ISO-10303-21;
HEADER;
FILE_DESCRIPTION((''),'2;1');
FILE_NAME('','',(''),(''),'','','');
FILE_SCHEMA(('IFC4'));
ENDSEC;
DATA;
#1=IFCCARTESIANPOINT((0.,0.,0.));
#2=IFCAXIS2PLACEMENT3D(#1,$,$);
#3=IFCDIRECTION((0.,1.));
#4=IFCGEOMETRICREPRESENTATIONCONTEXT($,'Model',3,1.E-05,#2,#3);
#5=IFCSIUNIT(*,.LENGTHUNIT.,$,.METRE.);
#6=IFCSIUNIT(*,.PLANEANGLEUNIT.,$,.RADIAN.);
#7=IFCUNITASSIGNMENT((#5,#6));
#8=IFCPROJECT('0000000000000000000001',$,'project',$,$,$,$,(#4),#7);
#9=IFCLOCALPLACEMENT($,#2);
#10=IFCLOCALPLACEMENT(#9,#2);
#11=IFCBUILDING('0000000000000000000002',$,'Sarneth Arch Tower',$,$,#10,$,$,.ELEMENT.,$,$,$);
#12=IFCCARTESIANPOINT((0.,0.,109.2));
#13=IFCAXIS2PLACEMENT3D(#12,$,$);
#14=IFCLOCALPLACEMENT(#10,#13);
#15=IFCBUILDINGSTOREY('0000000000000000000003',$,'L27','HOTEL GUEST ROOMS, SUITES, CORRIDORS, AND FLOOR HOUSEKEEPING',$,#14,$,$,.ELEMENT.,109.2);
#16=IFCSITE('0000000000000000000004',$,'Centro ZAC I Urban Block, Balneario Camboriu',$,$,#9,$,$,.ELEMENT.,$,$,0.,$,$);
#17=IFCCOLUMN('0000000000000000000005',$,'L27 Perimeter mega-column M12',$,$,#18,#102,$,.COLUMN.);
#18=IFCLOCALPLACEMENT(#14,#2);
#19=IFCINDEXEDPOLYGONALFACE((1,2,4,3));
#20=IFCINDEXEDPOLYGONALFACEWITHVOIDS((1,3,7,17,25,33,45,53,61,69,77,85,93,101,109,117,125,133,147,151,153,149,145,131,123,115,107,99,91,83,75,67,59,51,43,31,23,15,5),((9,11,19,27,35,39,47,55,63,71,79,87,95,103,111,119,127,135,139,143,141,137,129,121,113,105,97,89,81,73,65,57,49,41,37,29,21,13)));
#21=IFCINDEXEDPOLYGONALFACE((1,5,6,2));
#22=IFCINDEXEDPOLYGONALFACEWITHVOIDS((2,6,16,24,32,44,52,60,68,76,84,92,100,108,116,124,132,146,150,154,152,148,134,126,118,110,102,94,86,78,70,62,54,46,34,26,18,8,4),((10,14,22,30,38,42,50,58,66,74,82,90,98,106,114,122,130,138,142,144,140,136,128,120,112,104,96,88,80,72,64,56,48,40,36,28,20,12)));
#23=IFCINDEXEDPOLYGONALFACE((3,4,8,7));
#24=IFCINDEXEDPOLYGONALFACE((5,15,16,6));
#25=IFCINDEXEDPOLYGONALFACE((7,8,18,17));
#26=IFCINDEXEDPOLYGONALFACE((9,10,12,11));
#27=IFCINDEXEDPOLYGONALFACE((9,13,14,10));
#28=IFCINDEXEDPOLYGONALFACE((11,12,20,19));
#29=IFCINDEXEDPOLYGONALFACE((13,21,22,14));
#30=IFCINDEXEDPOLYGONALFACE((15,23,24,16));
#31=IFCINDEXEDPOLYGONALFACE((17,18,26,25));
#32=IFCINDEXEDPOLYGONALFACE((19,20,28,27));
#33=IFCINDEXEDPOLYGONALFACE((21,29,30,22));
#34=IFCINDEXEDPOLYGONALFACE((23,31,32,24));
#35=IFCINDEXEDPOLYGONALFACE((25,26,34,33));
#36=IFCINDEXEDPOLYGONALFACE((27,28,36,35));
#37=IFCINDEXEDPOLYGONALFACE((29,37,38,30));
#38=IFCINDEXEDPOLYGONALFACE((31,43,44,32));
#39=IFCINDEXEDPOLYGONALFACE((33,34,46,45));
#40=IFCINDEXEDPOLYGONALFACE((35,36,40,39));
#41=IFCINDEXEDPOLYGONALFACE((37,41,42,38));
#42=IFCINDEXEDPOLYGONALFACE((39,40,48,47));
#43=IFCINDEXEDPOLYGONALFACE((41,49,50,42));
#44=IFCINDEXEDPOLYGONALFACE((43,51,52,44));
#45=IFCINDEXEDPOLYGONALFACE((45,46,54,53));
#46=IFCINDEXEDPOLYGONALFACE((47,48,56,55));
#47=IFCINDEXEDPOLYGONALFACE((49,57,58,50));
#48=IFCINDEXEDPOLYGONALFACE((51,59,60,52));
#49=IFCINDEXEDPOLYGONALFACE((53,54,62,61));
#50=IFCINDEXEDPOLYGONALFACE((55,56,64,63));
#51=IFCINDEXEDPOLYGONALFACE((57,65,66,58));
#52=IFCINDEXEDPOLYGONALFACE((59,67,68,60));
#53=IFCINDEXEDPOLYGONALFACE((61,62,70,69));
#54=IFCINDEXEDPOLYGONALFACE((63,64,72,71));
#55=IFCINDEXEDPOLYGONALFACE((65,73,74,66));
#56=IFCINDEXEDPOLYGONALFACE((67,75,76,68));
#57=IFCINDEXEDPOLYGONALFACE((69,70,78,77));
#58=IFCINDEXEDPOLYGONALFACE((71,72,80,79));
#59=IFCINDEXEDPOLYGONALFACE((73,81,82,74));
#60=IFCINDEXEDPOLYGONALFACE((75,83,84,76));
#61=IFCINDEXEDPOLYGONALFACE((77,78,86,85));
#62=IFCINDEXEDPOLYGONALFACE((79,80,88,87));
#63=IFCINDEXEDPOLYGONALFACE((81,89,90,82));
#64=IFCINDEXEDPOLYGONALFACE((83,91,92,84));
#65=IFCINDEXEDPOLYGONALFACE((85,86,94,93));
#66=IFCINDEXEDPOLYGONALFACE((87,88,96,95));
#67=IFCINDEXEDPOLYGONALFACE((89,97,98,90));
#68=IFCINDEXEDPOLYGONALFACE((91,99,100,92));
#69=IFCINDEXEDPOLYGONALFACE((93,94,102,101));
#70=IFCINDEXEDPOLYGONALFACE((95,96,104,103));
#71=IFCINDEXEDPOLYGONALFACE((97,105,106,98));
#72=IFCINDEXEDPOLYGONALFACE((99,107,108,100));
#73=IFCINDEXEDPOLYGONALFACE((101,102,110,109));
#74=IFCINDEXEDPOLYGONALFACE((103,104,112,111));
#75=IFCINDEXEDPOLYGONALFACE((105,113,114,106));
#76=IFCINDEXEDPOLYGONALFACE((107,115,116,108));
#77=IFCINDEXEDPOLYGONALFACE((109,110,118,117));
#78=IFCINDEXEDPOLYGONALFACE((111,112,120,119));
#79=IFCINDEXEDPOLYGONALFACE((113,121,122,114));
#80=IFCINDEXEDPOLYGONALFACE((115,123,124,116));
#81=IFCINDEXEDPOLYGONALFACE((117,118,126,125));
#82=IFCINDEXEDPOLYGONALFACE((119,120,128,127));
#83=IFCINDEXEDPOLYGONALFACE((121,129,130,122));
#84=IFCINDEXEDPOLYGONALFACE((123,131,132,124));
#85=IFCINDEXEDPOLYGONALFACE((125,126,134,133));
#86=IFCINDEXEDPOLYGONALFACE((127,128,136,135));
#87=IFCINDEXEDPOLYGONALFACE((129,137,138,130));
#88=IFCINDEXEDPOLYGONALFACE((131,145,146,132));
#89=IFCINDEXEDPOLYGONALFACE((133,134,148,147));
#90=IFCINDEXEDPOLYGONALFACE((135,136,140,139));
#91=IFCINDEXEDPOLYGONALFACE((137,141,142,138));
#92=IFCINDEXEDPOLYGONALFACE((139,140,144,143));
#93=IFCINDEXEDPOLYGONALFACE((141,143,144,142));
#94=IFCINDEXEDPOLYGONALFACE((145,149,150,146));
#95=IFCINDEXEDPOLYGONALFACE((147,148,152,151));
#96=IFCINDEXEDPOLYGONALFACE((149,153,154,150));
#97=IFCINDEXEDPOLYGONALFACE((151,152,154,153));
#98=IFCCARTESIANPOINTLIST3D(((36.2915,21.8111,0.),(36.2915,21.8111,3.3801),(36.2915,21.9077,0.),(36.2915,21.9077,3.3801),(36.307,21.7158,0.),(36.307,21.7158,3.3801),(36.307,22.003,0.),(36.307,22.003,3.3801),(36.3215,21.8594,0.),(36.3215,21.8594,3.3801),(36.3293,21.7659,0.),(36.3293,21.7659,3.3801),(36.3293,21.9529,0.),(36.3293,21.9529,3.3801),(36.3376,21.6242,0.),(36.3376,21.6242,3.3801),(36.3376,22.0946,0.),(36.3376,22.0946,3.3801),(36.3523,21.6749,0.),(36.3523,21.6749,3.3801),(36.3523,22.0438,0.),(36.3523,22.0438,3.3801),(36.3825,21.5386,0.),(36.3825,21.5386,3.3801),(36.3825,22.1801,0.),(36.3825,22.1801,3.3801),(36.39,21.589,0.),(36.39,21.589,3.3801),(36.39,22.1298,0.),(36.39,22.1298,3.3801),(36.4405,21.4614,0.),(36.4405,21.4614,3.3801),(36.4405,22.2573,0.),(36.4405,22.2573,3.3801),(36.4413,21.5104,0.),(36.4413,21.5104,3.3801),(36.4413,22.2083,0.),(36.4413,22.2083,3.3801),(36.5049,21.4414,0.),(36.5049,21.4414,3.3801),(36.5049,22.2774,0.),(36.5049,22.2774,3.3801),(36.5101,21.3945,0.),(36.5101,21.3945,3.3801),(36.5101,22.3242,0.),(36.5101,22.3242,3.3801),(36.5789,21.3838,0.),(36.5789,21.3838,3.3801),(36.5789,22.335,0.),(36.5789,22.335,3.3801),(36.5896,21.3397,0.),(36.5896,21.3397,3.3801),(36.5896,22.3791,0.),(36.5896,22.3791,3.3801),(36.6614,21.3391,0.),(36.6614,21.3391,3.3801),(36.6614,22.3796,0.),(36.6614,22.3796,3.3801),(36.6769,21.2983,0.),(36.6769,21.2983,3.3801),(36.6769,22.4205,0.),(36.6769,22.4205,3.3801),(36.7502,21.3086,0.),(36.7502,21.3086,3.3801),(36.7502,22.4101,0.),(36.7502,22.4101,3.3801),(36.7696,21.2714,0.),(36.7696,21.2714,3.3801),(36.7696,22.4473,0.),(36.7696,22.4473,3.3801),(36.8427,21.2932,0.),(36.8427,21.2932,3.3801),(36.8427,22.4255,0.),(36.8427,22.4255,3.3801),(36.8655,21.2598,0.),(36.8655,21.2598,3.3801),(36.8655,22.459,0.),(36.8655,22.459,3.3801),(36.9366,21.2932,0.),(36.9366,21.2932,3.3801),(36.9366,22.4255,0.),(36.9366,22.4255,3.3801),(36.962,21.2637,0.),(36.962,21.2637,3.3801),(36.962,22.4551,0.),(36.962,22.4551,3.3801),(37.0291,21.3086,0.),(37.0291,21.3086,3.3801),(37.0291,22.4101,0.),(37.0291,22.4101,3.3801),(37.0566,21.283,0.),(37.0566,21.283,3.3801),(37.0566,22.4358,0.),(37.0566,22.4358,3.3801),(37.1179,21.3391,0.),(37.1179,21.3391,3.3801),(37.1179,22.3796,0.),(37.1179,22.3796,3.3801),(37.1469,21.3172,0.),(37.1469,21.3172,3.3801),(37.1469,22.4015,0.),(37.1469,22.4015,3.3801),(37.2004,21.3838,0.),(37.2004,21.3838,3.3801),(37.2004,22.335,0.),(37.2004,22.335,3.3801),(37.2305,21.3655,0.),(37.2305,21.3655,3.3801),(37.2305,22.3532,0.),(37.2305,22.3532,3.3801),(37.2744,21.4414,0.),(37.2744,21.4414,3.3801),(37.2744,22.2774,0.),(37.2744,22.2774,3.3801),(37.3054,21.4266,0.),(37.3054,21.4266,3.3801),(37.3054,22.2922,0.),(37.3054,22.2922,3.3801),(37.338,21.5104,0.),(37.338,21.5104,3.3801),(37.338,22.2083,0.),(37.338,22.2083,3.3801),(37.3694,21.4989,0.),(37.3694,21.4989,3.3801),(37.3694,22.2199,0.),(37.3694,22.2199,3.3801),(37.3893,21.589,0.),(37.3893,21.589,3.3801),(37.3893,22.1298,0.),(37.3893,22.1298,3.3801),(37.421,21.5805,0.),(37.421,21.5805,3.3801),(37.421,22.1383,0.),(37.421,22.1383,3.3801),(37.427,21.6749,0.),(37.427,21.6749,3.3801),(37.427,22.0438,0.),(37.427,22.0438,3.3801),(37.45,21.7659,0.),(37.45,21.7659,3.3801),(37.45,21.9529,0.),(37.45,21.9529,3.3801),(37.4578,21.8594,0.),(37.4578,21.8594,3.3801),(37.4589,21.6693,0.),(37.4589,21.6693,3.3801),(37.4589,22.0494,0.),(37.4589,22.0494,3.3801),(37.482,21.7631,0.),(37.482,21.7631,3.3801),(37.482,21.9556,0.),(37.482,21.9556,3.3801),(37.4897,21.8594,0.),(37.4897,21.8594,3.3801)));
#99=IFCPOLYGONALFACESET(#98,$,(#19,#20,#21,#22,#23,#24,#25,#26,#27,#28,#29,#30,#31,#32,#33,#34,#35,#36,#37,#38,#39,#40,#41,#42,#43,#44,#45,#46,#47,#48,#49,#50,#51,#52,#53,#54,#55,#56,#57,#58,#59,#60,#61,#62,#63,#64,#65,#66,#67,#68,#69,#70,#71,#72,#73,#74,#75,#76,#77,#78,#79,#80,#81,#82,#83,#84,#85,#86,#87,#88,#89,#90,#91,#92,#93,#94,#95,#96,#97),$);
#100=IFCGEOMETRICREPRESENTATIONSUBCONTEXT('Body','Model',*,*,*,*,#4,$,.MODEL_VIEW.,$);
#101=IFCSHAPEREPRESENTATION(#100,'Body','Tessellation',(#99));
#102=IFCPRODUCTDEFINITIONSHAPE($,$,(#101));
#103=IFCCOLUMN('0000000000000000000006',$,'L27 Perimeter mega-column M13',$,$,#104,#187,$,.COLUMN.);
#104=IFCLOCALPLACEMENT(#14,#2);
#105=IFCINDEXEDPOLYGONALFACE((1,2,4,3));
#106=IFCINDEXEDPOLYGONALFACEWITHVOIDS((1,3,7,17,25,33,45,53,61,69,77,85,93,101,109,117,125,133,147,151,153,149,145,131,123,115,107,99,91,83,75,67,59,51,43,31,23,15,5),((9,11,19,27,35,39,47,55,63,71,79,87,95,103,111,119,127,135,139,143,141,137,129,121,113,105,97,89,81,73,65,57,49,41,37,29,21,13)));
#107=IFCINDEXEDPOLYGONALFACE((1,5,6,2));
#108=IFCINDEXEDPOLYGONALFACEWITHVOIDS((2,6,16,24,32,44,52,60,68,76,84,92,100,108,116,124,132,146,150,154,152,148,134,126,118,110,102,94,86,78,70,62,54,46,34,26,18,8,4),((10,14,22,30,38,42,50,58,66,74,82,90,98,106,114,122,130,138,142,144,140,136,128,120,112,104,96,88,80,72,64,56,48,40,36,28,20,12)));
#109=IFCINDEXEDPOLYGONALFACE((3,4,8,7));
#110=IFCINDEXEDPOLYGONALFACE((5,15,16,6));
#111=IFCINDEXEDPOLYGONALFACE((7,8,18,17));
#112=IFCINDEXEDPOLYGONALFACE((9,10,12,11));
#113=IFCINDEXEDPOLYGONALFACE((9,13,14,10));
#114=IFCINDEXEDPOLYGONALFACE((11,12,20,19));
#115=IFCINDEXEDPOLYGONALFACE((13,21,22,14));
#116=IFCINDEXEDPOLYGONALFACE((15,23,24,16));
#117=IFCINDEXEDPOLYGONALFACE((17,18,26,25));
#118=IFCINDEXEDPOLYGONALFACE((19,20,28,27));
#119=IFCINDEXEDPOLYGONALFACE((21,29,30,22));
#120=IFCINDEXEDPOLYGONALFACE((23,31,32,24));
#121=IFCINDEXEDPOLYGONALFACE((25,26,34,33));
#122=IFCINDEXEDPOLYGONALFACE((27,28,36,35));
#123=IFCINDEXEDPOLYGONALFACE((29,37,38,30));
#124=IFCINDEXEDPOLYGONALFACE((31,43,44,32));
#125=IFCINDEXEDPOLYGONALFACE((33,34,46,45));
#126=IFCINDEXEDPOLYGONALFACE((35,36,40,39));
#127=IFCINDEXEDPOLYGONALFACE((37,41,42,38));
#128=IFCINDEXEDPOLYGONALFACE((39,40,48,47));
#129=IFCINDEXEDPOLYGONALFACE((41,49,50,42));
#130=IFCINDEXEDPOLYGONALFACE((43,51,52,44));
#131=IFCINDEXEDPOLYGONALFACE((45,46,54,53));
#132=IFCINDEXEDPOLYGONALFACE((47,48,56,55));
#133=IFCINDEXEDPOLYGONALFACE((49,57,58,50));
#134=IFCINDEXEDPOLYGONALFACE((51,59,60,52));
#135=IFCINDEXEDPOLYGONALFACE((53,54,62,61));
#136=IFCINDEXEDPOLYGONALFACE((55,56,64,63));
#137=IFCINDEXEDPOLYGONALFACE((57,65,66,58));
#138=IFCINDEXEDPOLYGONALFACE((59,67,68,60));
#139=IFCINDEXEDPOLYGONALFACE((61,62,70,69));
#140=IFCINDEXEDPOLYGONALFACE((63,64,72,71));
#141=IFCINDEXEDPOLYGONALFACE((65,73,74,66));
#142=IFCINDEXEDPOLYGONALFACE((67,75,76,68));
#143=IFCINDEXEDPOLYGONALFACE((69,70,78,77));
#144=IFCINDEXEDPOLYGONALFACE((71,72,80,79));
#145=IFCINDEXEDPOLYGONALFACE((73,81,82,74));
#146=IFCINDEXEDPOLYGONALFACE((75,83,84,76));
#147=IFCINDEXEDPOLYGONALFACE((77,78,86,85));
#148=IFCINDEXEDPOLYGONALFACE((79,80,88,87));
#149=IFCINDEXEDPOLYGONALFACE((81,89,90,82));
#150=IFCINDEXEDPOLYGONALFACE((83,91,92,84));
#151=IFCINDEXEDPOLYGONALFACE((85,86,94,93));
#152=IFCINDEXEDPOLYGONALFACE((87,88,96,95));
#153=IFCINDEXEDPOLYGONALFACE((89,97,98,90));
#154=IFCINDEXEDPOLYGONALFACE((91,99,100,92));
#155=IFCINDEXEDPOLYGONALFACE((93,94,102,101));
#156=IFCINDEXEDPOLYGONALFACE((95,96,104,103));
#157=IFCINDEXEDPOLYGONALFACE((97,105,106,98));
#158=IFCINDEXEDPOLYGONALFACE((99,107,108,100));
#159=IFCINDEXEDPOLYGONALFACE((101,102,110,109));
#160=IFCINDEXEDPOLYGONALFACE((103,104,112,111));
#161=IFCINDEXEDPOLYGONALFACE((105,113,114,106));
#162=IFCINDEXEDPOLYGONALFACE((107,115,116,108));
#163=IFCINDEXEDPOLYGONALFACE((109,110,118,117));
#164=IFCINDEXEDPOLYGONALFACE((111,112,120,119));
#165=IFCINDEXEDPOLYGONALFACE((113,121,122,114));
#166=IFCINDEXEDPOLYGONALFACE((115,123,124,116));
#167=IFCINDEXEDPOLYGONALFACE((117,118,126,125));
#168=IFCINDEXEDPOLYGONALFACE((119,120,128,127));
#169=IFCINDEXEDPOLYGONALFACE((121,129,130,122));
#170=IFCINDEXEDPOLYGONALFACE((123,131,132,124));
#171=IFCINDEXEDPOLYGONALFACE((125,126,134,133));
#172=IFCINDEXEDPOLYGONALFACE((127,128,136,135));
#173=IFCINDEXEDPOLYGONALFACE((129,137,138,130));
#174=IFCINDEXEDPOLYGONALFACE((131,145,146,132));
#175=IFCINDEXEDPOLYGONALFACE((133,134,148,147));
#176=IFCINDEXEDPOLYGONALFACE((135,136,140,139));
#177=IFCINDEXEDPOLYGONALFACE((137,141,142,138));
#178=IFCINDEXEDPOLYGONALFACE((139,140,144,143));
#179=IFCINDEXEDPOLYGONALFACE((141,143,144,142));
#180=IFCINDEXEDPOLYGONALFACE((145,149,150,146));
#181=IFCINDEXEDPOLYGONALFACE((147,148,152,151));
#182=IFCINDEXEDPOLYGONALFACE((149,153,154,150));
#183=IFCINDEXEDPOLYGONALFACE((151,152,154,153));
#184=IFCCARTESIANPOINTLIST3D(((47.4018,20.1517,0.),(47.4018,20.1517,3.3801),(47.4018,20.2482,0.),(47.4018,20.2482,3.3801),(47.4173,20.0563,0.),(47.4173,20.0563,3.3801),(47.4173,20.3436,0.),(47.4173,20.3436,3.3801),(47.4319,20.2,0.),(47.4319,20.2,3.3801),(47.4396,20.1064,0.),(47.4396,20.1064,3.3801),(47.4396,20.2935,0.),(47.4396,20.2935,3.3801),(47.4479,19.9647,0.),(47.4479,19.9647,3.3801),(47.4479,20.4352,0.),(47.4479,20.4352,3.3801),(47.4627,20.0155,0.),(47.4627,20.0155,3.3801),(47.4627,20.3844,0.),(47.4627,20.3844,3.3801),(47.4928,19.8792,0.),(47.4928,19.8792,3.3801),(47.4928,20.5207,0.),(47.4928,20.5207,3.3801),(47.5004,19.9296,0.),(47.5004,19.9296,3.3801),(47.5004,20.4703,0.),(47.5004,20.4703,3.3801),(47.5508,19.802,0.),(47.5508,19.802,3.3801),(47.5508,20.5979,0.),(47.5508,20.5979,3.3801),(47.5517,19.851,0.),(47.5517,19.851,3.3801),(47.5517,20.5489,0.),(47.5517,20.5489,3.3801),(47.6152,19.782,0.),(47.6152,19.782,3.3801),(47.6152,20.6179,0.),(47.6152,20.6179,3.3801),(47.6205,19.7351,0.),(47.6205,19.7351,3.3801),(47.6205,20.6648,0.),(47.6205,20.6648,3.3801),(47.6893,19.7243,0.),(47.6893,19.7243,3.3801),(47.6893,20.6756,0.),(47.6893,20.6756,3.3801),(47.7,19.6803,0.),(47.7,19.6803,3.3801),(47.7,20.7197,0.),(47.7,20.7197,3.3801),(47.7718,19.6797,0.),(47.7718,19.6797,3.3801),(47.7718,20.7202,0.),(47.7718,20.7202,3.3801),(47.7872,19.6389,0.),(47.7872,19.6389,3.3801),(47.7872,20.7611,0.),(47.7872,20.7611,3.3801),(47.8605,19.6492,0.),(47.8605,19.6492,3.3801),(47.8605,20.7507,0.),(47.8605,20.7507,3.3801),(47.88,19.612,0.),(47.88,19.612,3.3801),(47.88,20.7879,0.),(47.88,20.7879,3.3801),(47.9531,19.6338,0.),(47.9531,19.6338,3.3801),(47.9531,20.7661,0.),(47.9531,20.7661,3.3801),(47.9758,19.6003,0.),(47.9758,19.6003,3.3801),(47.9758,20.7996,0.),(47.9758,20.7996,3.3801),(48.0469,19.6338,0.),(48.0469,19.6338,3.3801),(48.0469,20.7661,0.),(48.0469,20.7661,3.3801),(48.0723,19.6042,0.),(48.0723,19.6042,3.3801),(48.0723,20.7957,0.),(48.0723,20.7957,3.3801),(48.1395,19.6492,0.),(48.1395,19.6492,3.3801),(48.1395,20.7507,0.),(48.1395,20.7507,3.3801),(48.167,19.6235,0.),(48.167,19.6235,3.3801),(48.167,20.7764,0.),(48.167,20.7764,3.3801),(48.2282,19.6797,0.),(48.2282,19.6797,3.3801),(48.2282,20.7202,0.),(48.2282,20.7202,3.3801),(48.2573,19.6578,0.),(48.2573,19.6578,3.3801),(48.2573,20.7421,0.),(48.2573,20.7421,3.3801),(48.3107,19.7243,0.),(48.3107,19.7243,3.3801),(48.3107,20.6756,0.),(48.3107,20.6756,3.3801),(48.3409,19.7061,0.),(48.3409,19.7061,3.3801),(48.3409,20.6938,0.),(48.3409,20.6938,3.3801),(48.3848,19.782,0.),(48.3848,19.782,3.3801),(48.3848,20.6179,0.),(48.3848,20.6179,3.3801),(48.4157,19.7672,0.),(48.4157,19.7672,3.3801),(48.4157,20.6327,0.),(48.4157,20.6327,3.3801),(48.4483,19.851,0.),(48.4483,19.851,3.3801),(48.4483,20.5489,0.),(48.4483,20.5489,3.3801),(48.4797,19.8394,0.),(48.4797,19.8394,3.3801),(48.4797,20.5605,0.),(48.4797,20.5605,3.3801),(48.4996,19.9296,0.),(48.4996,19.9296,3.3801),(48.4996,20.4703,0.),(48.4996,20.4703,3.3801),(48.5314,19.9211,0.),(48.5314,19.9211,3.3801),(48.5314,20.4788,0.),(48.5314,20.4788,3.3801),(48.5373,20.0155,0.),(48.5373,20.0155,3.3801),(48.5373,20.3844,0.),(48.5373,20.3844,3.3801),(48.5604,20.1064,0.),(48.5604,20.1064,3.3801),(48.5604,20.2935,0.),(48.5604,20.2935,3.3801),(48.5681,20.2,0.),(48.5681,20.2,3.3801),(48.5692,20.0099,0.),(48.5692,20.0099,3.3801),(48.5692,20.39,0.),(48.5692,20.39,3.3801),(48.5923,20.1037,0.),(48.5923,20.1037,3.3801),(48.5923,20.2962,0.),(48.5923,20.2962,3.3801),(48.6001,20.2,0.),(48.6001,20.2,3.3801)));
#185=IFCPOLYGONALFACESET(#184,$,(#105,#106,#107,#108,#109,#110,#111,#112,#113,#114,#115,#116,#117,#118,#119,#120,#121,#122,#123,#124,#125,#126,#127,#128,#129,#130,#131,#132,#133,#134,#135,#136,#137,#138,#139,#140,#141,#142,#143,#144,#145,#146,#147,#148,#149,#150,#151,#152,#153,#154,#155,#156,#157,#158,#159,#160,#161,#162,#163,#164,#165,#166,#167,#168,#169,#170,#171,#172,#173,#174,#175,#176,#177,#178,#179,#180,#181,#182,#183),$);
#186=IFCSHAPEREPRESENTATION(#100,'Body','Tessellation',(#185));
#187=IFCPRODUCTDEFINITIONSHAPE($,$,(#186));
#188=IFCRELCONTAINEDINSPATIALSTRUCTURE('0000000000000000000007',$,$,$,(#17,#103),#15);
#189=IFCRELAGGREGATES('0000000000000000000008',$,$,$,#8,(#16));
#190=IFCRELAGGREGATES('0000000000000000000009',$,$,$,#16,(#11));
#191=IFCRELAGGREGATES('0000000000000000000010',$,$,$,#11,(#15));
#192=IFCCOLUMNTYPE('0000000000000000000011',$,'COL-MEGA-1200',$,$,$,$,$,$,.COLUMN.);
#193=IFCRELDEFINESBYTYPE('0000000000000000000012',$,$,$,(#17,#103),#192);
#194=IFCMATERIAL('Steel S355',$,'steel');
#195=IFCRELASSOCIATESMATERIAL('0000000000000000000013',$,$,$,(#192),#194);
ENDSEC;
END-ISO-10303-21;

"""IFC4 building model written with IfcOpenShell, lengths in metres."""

from ifc_helpers import new_model, si_unit, direction, frame, origin, origin_2d, place, context, subcontext, project, spatial, hollow_circle, extrude, material, material_profile, profile_set, type_object, element, save


model = new_model("IFC4")

# Units and contexts
model_context = context("Model", 3, precision=1e-05, world=origin(), true_north=direction((0.0, 1.0)))
body_context = subcontext(model_context, "Body", "Model", "MODEL_VIEW")
ifc_project = project(units=[si_unit("LENGTHUNIT", "METRE"), si_unit("PLANEANGLEUNIT", "RADIAN")], contexts=[model_context])

# Site, building, storey
site_placement = place(None, origin())
site = spatial("IfcSite", under=ifc_project, at=site_placement, Name="Centro ZAC I Urban Block, Balneario Camboriu", CompositionType="ELEMENT", RefElevation=0.0)
building_placement = place(site_placement, origin())
building = spatial("IfcBuilding", under=site, at=building_placement, Name="Sarneth Arch Tower", CompositionType="ELEMENT")
storey_placement = place(building_placement, frame((0.0, 0.0, 109.2)))
storey = spatial("IfcBuildingStorey", under=building, at=storey_placement, Name="L27", Description="HOTEL GUEST ROOMS, SUITES, CORRIDORS, AND FLOOR HOUSEKEEPING", CompositionType="ELEMENT", Elevation=109.2)

# Columns
ifc_material_1 = material(Name="Steel S355", Category="steel")
ifc_material_profile_1 = material_profile(ifc_material_1, hollow_circle(Radius=0.6001, WallThickness=0.032, at=origin_2d()), Name="CHS1200x32")
ifc_profile_set_1 = profile_set([ifc_material_profile_1], Name="Steel S355")
column_type = type_object("IfcColumnType", Name="COL-MEGA-1200", PredefinedType="COLUMN", material=ifc_profile_set_1)
for number, where, z_axis, x_axis, name in (
    (1, (36.8896, 21.8594, 0.0), (0.0, 0.0, 1.0), (1.0, 0.0, 0.0), "L27 Perimeter mega-column M12"),
    (2, (48.0, 20.2, 0.0), (0.0, 0.0, 1.0), (1.0, 0.0, 0.0), "L27 Perimeter mega-column M13"),
):
    element("IfcColumn", number, at=place(storey_placement, frame(where, z_axis=z_axis, x_axis=x_axis)), inside=storey, type_object=column_type, Name=name, PredefinedType="COLUMN", context=body_context, shape_type="SweptSolid", body=[
        extrude(hollow_circle(Radius=0.6001, WallThickness=0.032, at=origin_2d()), origin(), (0.0, 0.0, 1.0), 3.3801),
    ])

save(model, "model.ifc")
